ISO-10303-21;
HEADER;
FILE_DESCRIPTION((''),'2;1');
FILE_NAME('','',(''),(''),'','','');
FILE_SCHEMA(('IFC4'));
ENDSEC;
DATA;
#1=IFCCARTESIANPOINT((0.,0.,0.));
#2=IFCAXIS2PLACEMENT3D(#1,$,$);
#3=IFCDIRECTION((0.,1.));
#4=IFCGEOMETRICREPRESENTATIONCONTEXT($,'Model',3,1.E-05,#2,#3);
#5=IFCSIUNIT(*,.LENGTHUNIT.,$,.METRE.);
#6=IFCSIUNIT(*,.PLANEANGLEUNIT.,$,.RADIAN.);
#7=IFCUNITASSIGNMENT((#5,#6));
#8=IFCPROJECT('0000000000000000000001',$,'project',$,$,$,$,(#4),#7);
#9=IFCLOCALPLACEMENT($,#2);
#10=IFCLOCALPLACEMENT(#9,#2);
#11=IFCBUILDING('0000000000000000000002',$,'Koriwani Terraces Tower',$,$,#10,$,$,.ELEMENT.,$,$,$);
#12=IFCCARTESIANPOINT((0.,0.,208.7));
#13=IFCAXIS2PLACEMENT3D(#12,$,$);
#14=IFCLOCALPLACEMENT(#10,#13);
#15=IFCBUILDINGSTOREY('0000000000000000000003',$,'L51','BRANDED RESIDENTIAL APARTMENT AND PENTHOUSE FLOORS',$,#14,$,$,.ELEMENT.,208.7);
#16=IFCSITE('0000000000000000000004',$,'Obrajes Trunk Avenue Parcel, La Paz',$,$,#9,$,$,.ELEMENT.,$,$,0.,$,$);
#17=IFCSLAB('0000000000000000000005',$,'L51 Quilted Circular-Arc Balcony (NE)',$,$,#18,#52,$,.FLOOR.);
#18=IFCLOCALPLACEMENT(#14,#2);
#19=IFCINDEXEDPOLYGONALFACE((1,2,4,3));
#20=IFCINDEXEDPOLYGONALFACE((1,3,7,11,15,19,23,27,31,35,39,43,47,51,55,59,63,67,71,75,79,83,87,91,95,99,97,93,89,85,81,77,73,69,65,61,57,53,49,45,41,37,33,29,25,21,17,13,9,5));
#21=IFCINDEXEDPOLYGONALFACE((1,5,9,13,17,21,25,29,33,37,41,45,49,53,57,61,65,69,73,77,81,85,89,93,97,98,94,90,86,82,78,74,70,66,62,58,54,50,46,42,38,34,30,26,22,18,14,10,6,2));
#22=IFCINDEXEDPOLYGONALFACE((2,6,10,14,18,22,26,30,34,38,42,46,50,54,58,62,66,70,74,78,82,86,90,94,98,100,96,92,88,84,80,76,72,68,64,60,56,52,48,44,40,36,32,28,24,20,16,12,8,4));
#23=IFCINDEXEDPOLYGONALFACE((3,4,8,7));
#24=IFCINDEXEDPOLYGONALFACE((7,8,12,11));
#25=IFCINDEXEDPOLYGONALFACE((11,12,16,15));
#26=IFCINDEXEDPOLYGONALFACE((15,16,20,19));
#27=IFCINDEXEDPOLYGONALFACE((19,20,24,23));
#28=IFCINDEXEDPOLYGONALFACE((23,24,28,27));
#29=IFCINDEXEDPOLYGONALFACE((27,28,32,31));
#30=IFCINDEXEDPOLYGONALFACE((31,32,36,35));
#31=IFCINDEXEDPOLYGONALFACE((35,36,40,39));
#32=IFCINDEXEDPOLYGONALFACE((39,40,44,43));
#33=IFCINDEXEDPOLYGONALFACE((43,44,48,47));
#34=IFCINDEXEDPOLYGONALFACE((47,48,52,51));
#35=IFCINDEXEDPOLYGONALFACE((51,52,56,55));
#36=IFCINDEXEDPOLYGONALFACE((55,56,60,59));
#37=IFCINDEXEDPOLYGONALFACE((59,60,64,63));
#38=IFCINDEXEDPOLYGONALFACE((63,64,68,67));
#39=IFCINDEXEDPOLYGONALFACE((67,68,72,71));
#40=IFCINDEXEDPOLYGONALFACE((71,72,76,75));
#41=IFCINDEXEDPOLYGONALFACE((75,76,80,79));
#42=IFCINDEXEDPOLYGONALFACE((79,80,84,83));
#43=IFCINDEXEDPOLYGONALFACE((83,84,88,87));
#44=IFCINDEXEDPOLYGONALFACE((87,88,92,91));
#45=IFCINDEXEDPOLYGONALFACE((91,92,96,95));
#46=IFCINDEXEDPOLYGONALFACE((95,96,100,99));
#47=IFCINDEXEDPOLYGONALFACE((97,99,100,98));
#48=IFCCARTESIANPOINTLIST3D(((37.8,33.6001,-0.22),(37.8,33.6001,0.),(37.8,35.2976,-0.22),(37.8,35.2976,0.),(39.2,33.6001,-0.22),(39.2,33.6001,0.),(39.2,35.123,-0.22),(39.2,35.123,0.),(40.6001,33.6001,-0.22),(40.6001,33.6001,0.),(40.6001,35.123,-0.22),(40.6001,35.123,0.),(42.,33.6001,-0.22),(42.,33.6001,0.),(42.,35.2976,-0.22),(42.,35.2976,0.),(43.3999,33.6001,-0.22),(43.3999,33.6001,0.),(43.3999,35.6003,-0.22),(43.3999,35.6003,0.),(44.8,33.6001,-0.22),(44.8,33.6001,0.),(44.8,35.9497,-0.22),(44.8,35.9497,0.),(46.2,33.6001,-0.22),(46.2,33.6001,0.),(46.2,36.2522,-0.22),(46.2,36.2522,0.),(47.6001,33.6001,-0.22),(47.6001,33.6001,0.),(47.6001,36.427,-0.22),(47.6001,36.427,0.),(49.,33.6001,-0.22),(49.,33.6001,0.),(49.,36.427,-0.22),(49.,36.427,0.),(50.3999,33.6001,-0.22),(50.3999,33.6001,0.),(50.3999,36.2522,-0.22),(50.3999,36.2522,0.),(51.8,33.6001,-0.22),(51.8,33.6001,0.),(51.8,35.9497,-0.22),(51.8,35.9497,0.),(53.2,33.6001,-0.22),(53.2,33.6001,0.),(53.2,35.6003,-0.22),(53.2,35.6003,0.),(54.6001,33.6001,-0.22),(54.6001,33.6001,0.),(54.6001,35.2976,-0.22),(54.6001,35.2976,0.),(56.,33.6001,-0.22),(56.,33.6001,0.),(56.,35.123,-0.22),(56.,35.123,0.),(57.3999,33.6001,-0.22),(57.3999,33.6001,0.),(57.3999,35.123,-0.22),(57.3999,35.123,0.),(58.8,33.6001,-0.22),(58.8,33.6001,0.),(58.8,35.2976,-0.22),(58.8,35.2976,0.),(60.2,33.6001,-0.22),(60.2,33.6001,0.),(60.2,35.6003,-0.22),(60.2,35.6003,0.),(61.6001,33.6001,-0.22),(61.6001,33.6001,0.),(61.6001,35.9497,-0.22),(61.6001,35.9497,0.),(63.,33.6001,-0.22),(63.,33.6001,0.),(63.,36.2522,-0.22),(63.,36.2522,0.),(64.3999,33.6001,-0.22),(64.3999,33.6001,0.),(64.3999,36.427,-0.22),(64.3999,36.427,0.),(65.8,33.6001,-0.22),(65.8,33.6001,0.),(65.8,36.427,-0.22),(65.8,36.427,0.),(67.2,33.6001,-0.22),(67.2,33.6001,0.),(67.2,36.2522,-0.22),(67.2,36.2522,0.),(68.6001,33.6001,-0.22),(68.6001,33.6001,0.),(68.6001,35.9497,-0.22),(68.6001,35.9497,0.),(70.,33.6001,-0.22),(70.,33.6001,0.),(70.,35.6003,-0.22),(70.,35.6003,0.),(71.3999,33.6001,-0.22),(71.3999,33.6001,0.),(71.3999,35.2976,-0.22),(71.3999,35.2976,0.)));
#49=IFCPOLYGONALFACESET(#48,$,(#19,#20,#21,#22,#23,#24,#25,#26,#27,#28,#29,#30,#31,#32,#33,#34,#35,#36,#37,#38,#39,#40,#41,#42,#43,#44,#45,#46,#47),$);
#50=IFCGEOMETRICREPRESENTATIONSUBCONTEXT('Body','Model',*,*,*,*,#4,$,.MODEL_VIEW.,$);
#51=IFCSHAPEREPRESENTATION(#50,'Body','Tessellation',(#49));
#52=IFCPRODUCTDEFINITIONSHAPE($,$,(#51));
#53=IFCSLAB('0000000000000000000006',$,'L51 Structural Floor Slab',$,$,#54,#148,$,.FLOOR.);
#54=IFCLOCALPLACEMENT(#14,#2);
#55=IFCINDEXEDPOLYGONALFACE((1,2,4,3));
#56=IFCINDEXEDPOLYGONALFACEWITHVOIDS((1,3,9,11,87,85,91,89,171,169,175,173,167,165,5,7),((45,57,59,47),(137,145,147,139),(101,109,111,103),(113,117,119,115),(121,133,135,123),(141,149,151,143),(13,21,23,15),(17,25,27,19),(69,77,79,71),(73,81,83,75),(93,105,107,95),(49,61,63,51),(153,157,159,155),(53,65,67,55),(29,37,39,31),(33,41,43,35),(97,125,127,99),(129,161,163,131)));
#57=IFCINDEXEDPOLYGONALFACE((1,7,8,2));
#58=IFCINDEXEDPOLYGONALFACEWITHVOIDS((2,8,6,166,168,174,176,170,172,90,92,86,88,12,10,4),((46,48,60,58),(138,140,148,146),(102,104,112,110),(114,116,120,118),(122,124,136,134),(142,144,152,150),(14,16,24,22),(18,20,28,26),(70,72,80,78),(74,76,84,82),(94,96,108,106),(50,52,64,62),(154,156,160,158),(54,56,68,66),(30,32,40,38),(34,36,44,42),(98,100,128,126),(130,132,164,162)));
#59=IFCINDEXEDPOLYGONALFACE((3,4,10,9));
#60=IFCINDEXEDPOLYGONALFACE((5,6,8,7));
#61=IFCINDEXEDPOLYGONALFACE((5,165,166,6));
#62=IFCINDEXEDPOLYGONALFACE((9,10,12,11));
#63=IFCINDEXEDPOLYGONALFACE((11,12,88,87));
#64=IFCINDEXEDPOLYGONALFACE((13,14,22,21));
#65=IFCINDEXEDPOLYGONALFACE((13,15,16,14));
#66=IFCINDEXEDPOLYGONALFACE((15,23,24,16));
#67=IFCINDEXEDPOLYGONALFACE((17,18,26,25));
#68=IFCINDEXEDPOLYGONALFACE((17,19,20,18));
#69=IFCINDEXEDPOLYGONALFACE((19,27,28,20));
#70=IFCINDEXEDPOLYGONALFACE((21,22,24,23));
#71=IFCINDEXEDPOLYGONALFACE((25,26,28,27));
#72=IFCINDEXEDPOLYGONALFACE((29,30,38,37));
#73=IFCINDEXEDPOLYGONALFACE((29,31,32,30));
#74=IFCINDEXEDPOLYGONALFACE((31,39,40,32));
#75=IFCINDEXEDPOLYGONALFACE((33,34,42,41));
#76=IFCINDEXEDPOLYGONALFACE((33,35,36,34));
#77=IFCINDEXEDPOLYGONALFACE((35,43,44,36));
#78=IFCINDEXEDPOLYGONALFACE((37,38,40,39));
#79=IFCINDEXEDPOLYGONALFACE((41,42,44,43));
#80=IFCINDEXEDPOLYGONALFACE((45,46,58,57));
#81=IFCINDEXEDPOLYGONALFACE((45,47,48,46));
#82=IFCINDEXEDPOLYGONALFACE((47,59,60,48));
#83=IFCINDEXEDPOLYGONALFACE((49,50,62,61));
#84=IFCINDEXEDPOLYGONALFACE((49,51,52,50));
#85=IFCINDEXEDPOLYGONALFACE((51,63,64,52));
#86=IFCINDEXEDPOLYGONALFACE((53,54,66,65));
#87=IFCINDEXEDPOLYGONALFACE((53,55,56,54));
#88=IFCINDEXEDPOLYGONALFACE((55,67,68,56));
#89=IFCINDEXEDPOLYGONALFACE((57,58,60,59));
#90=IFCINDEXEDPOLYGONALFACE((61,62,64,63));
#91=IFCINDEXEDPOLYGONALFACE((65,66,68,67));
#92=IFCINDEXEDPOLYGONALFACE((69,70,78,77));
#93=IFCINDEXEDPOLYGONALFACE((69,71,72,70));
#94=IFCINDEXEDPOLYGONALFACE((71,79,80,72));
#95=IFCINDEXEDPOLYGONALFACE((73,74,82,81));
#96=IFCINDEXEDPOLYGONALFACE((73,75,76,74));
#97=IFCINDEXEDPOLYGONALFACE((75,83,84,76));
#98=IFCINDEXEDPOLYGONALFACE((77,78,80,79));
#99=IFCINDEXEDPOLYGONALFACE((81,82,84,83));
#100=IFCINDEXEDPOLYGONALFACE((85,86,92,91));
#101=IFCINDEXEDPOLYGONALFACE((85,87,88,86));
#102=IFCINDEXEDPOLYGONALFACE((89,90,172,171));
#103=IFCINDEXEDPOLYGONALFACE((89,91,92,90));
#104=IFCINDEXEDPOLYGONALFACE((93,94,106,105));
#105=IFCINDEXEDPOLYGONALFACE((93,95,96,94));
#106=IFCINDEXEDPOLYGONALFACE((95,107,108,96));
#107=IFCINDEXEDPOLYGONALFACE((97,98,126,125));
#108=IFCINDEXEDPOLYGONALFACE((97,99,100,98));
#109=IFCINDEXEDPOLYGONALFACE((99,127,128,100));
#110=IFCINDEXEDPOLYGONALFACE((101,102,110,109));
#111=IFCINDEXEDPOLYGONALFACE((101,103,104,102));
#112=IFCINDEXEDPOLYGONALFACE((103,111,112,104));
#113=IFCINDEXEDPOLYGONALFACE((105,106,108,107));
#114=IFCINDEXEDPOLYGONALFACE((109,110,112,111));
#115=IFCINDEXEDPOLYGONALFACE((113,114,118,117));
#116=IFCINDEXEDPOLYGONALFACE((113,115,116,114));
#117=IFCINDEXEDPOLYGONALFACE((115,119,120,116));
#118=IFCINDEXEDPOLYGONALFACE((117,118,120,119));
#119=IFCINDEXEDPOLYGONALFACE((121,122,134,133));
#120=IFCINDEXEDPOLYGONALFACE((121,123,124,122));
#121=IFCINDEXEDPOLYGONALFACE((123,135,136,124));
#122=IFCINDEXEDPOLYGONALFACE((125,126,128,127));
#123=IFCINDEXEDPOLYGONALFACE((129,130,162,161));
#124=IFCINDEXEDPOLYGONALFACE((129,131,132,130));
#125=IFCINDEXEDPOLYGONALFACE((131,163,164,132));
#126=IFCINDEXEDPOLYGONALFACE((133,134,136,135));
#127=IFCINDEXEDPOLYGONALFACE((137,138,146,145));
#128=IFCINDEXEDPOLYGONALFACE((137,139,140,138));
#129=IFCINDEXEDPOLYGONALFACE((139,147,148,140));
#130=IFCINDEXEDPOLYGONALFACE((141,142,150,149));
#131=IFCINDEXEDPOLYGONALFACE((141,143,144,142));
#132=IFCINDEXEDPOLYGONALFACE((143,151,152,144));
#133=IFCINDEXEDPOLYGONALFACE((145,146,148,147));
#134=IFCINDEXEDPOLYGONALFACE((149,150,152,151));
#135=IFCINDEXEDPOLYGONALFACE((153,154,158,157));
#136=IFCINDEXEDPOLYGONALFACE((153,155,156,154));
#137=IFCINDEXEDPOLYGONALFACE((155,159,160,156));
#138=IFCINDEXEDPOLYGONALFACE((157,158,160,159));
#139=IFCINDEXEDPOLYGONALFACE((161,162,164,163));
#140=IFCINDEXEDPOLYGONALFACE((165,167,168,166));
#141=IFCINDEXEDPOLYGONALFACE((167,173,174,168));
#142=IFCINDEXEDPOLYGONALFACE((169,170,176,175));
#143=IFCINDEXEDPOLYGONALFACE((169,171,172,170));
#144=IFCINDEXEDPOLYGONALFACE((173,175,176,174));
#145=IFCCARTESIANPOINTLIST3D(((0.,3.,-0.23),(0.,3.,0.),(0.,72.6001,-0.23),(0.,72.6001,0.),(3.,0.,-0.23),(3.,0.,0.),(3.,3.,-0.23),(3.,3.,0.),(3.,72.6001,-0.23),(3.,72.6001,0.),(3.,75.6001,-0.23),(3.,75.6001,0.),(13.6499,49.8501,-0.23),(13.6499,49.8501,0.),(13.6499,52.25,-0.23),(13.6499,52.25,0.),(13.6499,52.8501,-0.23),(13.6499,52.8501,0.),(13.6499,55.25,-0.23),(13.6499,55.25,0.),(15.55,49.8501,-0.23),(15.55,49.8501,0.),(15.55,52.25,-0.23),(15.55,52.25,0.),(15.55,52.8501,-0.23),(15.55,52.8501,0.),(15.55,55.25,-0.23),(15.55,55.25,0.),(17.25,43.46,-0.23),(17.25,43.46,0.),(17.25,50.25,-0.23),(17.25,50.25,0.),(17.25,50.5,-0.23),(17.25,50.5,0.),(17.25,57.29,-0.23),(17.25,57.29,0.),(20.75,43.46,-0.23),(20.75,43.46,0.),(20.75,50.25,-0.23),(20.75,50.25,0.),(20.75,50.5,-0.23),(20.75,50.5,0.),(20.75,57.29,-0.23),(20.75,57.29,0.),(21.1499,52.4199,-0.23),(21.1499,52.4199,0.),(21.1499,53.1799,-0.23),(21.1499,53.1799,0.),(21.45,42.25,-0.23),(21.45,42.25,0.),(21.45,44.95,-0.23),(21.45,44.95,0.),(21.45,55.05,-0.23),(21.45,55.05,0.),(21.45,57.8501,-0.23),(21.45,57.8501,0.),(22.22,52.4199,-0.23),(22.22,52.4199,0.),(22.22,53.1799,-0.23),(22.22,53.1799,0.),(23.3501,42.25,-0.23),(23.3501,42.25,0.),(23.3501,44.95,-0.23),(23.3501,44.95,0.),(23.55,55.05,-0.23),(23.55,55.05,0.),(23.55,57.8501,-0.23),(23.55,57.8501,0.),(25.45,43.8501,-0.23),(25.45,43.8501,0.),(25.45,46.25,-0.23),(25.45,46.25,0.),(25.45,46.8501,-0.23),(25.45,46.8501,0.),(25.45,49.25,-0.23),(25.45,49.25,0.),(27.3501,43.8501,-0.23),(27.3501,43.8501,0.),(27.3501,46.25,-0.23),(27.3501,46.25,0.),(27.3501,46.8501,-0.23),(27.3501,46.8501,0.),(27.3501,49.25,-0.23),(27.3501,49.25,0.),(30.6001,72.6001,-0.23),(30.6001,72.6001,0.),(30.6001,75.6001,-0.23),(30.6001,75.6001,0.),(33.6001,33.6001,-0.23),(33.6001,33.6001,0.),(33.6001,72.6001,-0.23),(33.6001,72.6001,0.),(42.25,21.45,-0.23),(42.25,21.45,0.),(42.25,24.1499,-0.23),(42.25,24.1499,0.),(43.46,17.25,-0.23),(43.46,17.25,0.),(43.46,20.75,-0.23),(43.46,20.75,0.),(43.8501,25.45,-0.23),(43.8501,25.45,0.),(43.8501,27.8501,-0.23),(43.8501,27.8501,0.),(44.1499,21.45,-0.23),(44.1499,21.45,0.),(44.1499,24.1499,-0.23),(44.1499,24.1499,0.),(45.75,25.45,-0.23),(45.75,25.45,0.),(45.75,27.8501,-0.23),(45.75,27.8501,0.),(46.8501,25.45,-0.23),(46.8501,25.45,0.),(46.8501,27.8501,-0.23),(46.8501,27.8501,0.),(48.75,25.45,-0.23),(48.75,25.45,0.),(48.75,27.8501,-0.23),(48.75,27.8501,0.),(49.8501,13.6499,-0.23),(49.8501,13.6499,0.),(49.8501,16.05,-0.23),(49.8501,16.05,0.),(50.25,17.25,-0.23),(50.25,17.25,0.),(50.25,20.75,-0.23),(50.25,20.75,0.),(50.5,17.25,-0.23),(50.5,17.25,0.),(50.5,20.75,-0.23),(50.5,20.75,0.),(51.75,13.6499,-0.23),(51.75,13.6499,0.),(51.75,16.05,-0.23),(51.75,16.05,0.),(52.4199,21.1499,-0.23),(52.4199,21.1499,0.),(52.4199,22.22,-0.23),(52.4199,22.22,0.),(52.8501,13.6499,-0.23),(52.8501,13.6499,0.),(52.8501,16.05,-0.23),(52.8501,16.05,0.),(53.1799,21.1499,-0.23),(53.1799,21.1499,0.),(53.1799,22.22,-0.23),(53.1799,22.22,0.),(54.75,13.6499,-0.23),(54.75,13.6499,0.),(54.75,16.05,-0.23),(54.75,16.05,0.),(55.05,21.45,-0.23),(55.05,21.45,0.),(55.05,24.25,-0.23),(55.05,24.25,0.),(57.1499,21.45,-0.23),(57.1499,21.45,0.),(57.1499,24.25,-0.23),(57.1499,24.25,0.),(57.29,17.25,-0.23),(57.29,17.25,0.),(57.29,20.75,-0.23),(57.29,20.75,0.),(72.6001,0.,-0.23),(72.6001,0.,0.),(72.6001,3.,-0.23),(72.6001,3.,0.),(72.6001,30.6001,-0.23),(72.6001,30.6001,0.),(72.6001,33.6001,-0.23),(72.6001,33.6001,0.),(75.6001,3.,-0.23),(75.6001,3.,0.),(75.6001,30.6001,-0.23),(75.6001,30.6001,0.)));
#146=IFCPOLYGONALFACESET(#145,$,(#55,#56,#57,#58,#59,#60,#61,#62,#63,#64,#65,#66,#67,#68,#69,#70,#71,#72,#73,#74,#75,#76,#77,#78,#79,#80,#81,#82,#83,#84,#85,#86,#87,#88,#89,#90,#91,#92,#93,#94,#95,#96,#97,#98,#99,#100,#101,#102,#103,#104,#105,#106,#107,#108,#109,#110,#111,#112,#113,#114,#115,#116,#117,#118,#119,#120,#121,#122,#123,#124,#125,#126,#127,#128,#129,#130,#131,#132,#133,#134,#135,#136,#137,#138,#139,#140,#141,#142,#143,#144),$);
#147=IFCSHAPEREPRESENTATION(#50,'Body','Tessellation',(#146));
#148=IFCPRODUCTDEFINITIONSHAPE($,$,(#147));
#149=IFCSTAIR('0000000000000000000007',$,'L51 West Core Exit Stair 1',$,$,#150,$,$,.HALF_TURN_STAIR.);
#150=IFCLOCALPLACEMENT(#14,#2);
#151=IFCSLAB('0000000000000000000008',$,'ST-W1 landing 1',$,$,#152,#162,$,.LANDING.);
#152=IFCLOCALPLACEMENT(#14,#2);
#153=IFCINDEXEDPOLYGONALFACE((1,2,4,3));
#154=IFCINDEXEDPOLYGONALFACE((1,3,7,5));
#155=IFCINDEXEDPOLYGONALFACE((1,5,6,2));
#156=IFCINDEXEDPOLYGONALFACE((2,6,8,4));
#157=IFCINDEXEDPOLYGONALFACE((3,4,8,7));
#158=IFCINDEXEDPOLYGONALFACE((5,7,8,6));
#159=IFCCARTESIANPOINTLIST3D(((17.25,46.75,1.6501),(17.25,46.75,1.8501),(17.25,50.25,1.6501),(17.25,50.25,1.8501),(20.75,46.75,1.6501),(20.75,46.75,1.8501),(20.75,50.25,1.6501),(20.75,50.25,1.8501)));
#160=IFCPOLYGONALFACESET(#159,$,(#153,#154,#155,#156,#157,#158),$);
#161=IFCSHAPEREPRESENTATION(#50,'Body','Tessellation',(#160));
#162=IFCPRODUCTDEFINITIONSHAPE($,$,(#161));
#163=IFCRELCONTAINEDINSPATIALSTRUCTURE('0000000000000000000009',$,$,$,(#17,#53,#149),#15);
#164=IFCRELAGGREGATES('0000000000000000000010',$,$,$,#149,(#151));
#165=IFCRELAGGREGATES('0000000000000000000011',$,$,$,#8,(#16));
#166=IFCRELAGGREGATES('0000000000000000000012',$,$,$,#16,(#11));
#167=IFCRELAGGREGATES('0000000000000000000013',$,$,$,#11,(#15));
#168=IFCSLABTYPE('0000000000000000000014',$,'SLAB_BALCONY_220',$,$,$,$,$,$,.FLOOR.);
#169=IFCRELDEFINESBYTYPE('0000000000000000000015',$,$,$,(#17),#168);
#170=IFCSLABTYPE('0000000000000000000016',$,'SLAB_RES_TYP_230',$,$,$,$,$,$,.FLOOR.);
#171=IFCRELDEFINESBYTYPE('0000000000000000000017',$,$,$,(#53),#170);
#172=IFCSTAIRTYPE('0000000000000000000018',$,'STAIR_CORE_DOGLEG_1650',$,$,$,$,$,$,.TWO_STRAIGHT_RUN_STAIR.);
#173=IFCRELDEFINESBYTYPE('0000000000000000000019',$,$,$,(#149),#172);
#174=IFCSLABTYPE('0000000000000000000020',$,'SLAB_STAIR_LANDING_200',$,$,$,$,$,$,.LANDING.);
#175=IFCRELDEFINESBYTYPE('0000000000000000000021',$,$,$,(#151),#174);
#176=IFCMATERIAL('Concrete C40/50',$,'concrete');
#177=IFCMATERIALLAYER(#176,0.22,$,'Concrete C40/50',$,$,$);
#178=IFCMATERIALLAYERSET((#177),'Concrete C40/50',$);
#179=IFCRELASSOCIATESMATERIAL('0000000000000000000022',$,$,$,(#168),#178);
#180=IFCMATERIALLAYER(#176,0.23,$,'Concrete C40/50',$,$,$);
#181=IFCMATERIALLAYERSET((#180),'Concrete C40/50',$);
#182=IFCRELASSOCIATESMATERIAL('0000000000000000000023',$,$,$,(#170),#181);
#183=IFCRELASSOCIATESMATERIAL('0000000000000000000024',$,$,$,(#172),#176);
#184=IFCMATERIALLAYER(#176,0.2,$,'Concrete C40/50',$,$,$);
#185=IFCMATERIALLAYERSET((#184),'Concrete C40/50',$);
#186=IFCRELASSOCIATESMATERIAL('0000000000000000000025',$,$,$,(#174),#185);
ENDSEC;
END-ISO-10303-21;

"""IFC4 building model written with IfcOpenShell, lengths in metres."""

from ifc_helpers import new_model, si_unit, direction, frame, origin, place, context, subcontext, project, spatial, polyline, outline, extrude, material, layer, layer_set, type_object, element, aggregate, save


model = new_model("IFC4")

# Units and contexts
model_context = context("Model", 3, precision=1e-05, world=origin(), true_north=direction((0.0, 1.0)))
body_context = subcontext(model_context, "Body", "Model", "MODEL_VIEW")
ifc_project = project(units=[si_unit("LENGTHUNIT", "METRE"), si_unit("PLANEANGLEUNIT", "RADIAN")], contexts=[model_context])

# Site, building, storey
site_placement = place(None, origin())
site = spatial("IfcSite", under=ifc_project, at=site_placement, Name="Obrajes Trunk Avenue Parcel, La Paz", CompositionType="ELEMENT", RefElevation=0.0)
building_placement = place(site_placement, origin())
building = spatial("IfcBuilding", under=site, at=building_placement, Name="Koriwani Terraces Tower", CompositionType="ELEMENT")
storey_placement = place(building_placement, frame((0.0, 0.0, 208.7)))
storey = spatial("IfcBuildingStorey", under=building, at=storey_placement, Name="L51", Description="BRANDED RESIDENTIAL APARTMENT AND PENTHOUSE FLOORS", CompositionType="ELEMENT", Elevation=208.7)

# Shared definitions
ifc_material_1 = material(Name="Concrete C40/50", Category="concrete")

# Slabs
ifc_layer_1 = layer(ifc_material_1, 0.22, Name="Concrete C40/50")
ifc_layer_set_1 = layer_set([ifc_layer_1], Name="Concrete C40/50")
slab_type_1 = type_object("IfcSlabType", Name="SLAB_BALCONY_220", PredefinedType="FLOOR", material=ifc_layer_set_1)
slab_1_placement = place(storey_placement, frame((0.0, 0.0, -0.22)))
element("IfcSlab", 1, at=slab_1_placement, inside=storey, type_object=slab_type_1, Name="L51 Quilted Circular-Arc Balcony (NE)", PredefinedType="FLOOR", context=body_context, shape_type="SweptSolid", body=[
    extrude(outline(polyline([(71.3999, 33.6001), (70.0, 33.6001), (68.6001, 33.6001), (67.2, 33.6001), (65.8, 33.6001), (64.3999, 33.6001), (63.0, 33.6001), (61.6001, 33.6001), (60.2, 33.6001), (58.8, 33.6001), (57.3999, 33.6001), (56.0, 33.6001), (54.6001, 33.6001), (53.2, 33.6001), (51.8, 33.6001), (50.3999, 33.6001), (49.0, 33.6001), (47.6001, 33.6001), (46.2, 33.6001), (44.8, 33.6001), (43.3999, 33.6001), (42.0, 33.6001), (40.6001, 33.6001), (39.2, 33.6001), (37.8, 33.6001), (37.8, 35.2976), (39.2, 35.123), (40.6001, 35.123), (42.0, 35.2976), (43.3999, 35.6003), (44.8, 35.9497), (46.2, 36.2522), (47.6001, 36.427), (49.0, 36.427), (50.3999, 36.2522), (51.8, 35.9497), (53.2, 35.6003), (54.6001, 35.2976), (56.0, 35.123), (57.3999, 35.123), (58.8, 35.2976), (60.2, 35.6003), (61.6001, 35.9497), (63.0, 36.2522), (64.3999, 36.427), (65.8, 36.427), (67.2, 36.2522), (68.6001, 35.9497), (70.0, 35.6003), (71.3999, 35.2976), (71.3999, 33.6001)])), origin(), (0.0, 0.0, 1.0), 0.22),
])
ifc_layer_2 = layer(ifc_material_1, 0.23, Name="Concrete C40/50")
ifc_layer_set_2 = layer_set([ifc_layer_2], Name="Concrete C40/50")
slab_type_2 = type_object("IfcSlabType", Name="SLAB_RES_TYP_230", PredefinedType="FLOOR", material=ifc_layer_set_2)
slab_2_placement = place(storey_placement, frame((0.0, 0.0, -0.23)))
element("IfcSlab", 2, at=slab_2_placement, inside=storey, type_object=slab_type_2, Name="L51 Structural Floor Slab", PredefinedType="FLOOR", context=body_context, shape_type="SweptSolid", body=[
    extrude(outline(polyline([(3.0, 0.0), (72.6001, 0.0), (72.6001, 3.0), (75.6001, 3.0), (75.6001, 30.6001), (72.6001, 30.6001), (72.6001, 33.6001), (33.6001, 33.6001), (33.6001, 72.6001), (30.6001, 72.6001), (30.6001, 75.6001), (3.0, 75.6001), (3.0, 72.6001), (0.0, 72.6001), (0.0, 3.0), (3.0, 3.0), (3.0, 0.0)]), holes=[polyline([(17.25, 43.46), (20.75, 43.46), (20.75, 50.25), (17.25, 50.25), (17.25, 43.46)]), polyline([(17.25, 50.5), (20.75, 50.5), (20.75, 57.29), (17.25, 57.29), (17.25, 50.5)]), polyline([(43.46, 17.25), (50.25, 17.25), (50.25, 20.75), (43.46, 20.75), (43.46, 17.25)]), polyline([(50.5, 17.25), (57.29, 17.25), (57.29, 20.75), (50.5, 20.75), (50.5, 17.25)]), polyline([(13.6499, 49.8501), (15.55, 49.8501), (15.55, 52.25), (13.6499, 52.25), (13.6499, 49.8501)]), polyline([(13.6499, 52.8501), (15.55, 52.8501), (15.55, 55.25), (13.6499, 55.25), (13.6499, 52.8501)]), polyline([(49.8501, 13.6499), (51.75, 13.6499), (51.75, 16.05), (49.8501, 16.05), (49.8501, 13.6499)]), polyline([(52.8501, 13.6499), (54.75, 13.6499), (54.75, 16.05), (52.8501, 16.05), (52.8501, 13.6499)]), polyline([(25.45, 43.8501), (27.3501, 43.8501), (27.3501, 46.25), (25.45, 46.25), (25.45, 43.8501)]), polyline([(25.45, 46.8501), (27.3501, 46.8501), (27.3501, 49.25), (25.45, 49.25), (25.45, 46.8501)]), polyline([(43.8501, 25.45), (45.75, 25.45), (45.75, 27.8501), (43.8501, 27.8501), (43.8501, 25.45)]), polyline([(46.8501, 25.45), (48.75, 25.45), (48.75, 27.8501), (46.8501, 27.8501), (46.8501, 25.45)]), polyline([(21.45, 55.05), (23.55, 55.05), (23.55, 57.8501), (21.45, 57.8501), (21.45, 55.05)]), polyline([(55.05, 21.45), (57.1499, 21.45), (57.1499, 24.25), (55.05, 24.25), (55.05, 21.45)]), polyline([(21.45, 42.25), (23.3501, 42.25), (23.3501, 44.95), (21.45, 44.95), (21.45, 42.25)]), polyline([(42.25, 21.45), (44.1499, 21.45), (44.1499, 24.1499), (42.25, 24.1499), (42.25, 21.45)]), polyline([(21.1499, 52.4199), (22.22, 52.4199), (22.22, 53.1799), (21.1499, 53.1799), (21.1499, 52.4199)]), polyline([(52.4199, 21.1499), (53.1799, 21.1499), (53.1799, 22.22), (52.4199, 22.22), (52.4199, 21.1499)])]), origin(), (0.0, 0.0, 1.0), 0.23),
])

# Stair, slab
stair_type = type_object("IfcStairType", Name="STAIR_CORE_DOGLEG_1650", PredefinedType="TWO_STRAIGHT_RUN_STAIR", material=ifc_material_1)
stair_1_placement = place(storey_placement, origin())
stair_1 = element("IfcStair", 3, at=stair_1_placement, inside=storey, type_object=stair_type, Name="L51 West Core Exit Stair 1", PredefinedType="HALF_TURN_STAIR")
ifc_layer_3 = layer(ifc_material_1, 0.2, Name="Concrete C40/50")
ifc_layer_set_3 = layer_set([ifc_layer_3], Name="Concrete C40/50")
slab_type_3 = type_object("IfcSlabType", Name="SLAB_STAIR_LANDING_200", PredefinedType="LANDING", material=ifc_layer_set_3)
slab_3_placement = place(storey_placement, frame((0.0, 0.0, 1.6501)))
slab_3 = element("IfcSlab", 4, at=slab_3_placement, type_object=slab_type_3, Name="ST-W1 landing 1", PredefinedType="LANDING", context=body_context, shape_type="SweptSolid", body=[
    extrude(outline(polyline([(20.75, 46.75), (20.75, 50.25), (17.25, 50.25), (17.25, 46.75), (20.75, 46.75)])), origin(), (0.0, 0.0, 1.0), 0.2),
])
aggregate(stair_1, [slab_3])

save(model, "model.ifc")
